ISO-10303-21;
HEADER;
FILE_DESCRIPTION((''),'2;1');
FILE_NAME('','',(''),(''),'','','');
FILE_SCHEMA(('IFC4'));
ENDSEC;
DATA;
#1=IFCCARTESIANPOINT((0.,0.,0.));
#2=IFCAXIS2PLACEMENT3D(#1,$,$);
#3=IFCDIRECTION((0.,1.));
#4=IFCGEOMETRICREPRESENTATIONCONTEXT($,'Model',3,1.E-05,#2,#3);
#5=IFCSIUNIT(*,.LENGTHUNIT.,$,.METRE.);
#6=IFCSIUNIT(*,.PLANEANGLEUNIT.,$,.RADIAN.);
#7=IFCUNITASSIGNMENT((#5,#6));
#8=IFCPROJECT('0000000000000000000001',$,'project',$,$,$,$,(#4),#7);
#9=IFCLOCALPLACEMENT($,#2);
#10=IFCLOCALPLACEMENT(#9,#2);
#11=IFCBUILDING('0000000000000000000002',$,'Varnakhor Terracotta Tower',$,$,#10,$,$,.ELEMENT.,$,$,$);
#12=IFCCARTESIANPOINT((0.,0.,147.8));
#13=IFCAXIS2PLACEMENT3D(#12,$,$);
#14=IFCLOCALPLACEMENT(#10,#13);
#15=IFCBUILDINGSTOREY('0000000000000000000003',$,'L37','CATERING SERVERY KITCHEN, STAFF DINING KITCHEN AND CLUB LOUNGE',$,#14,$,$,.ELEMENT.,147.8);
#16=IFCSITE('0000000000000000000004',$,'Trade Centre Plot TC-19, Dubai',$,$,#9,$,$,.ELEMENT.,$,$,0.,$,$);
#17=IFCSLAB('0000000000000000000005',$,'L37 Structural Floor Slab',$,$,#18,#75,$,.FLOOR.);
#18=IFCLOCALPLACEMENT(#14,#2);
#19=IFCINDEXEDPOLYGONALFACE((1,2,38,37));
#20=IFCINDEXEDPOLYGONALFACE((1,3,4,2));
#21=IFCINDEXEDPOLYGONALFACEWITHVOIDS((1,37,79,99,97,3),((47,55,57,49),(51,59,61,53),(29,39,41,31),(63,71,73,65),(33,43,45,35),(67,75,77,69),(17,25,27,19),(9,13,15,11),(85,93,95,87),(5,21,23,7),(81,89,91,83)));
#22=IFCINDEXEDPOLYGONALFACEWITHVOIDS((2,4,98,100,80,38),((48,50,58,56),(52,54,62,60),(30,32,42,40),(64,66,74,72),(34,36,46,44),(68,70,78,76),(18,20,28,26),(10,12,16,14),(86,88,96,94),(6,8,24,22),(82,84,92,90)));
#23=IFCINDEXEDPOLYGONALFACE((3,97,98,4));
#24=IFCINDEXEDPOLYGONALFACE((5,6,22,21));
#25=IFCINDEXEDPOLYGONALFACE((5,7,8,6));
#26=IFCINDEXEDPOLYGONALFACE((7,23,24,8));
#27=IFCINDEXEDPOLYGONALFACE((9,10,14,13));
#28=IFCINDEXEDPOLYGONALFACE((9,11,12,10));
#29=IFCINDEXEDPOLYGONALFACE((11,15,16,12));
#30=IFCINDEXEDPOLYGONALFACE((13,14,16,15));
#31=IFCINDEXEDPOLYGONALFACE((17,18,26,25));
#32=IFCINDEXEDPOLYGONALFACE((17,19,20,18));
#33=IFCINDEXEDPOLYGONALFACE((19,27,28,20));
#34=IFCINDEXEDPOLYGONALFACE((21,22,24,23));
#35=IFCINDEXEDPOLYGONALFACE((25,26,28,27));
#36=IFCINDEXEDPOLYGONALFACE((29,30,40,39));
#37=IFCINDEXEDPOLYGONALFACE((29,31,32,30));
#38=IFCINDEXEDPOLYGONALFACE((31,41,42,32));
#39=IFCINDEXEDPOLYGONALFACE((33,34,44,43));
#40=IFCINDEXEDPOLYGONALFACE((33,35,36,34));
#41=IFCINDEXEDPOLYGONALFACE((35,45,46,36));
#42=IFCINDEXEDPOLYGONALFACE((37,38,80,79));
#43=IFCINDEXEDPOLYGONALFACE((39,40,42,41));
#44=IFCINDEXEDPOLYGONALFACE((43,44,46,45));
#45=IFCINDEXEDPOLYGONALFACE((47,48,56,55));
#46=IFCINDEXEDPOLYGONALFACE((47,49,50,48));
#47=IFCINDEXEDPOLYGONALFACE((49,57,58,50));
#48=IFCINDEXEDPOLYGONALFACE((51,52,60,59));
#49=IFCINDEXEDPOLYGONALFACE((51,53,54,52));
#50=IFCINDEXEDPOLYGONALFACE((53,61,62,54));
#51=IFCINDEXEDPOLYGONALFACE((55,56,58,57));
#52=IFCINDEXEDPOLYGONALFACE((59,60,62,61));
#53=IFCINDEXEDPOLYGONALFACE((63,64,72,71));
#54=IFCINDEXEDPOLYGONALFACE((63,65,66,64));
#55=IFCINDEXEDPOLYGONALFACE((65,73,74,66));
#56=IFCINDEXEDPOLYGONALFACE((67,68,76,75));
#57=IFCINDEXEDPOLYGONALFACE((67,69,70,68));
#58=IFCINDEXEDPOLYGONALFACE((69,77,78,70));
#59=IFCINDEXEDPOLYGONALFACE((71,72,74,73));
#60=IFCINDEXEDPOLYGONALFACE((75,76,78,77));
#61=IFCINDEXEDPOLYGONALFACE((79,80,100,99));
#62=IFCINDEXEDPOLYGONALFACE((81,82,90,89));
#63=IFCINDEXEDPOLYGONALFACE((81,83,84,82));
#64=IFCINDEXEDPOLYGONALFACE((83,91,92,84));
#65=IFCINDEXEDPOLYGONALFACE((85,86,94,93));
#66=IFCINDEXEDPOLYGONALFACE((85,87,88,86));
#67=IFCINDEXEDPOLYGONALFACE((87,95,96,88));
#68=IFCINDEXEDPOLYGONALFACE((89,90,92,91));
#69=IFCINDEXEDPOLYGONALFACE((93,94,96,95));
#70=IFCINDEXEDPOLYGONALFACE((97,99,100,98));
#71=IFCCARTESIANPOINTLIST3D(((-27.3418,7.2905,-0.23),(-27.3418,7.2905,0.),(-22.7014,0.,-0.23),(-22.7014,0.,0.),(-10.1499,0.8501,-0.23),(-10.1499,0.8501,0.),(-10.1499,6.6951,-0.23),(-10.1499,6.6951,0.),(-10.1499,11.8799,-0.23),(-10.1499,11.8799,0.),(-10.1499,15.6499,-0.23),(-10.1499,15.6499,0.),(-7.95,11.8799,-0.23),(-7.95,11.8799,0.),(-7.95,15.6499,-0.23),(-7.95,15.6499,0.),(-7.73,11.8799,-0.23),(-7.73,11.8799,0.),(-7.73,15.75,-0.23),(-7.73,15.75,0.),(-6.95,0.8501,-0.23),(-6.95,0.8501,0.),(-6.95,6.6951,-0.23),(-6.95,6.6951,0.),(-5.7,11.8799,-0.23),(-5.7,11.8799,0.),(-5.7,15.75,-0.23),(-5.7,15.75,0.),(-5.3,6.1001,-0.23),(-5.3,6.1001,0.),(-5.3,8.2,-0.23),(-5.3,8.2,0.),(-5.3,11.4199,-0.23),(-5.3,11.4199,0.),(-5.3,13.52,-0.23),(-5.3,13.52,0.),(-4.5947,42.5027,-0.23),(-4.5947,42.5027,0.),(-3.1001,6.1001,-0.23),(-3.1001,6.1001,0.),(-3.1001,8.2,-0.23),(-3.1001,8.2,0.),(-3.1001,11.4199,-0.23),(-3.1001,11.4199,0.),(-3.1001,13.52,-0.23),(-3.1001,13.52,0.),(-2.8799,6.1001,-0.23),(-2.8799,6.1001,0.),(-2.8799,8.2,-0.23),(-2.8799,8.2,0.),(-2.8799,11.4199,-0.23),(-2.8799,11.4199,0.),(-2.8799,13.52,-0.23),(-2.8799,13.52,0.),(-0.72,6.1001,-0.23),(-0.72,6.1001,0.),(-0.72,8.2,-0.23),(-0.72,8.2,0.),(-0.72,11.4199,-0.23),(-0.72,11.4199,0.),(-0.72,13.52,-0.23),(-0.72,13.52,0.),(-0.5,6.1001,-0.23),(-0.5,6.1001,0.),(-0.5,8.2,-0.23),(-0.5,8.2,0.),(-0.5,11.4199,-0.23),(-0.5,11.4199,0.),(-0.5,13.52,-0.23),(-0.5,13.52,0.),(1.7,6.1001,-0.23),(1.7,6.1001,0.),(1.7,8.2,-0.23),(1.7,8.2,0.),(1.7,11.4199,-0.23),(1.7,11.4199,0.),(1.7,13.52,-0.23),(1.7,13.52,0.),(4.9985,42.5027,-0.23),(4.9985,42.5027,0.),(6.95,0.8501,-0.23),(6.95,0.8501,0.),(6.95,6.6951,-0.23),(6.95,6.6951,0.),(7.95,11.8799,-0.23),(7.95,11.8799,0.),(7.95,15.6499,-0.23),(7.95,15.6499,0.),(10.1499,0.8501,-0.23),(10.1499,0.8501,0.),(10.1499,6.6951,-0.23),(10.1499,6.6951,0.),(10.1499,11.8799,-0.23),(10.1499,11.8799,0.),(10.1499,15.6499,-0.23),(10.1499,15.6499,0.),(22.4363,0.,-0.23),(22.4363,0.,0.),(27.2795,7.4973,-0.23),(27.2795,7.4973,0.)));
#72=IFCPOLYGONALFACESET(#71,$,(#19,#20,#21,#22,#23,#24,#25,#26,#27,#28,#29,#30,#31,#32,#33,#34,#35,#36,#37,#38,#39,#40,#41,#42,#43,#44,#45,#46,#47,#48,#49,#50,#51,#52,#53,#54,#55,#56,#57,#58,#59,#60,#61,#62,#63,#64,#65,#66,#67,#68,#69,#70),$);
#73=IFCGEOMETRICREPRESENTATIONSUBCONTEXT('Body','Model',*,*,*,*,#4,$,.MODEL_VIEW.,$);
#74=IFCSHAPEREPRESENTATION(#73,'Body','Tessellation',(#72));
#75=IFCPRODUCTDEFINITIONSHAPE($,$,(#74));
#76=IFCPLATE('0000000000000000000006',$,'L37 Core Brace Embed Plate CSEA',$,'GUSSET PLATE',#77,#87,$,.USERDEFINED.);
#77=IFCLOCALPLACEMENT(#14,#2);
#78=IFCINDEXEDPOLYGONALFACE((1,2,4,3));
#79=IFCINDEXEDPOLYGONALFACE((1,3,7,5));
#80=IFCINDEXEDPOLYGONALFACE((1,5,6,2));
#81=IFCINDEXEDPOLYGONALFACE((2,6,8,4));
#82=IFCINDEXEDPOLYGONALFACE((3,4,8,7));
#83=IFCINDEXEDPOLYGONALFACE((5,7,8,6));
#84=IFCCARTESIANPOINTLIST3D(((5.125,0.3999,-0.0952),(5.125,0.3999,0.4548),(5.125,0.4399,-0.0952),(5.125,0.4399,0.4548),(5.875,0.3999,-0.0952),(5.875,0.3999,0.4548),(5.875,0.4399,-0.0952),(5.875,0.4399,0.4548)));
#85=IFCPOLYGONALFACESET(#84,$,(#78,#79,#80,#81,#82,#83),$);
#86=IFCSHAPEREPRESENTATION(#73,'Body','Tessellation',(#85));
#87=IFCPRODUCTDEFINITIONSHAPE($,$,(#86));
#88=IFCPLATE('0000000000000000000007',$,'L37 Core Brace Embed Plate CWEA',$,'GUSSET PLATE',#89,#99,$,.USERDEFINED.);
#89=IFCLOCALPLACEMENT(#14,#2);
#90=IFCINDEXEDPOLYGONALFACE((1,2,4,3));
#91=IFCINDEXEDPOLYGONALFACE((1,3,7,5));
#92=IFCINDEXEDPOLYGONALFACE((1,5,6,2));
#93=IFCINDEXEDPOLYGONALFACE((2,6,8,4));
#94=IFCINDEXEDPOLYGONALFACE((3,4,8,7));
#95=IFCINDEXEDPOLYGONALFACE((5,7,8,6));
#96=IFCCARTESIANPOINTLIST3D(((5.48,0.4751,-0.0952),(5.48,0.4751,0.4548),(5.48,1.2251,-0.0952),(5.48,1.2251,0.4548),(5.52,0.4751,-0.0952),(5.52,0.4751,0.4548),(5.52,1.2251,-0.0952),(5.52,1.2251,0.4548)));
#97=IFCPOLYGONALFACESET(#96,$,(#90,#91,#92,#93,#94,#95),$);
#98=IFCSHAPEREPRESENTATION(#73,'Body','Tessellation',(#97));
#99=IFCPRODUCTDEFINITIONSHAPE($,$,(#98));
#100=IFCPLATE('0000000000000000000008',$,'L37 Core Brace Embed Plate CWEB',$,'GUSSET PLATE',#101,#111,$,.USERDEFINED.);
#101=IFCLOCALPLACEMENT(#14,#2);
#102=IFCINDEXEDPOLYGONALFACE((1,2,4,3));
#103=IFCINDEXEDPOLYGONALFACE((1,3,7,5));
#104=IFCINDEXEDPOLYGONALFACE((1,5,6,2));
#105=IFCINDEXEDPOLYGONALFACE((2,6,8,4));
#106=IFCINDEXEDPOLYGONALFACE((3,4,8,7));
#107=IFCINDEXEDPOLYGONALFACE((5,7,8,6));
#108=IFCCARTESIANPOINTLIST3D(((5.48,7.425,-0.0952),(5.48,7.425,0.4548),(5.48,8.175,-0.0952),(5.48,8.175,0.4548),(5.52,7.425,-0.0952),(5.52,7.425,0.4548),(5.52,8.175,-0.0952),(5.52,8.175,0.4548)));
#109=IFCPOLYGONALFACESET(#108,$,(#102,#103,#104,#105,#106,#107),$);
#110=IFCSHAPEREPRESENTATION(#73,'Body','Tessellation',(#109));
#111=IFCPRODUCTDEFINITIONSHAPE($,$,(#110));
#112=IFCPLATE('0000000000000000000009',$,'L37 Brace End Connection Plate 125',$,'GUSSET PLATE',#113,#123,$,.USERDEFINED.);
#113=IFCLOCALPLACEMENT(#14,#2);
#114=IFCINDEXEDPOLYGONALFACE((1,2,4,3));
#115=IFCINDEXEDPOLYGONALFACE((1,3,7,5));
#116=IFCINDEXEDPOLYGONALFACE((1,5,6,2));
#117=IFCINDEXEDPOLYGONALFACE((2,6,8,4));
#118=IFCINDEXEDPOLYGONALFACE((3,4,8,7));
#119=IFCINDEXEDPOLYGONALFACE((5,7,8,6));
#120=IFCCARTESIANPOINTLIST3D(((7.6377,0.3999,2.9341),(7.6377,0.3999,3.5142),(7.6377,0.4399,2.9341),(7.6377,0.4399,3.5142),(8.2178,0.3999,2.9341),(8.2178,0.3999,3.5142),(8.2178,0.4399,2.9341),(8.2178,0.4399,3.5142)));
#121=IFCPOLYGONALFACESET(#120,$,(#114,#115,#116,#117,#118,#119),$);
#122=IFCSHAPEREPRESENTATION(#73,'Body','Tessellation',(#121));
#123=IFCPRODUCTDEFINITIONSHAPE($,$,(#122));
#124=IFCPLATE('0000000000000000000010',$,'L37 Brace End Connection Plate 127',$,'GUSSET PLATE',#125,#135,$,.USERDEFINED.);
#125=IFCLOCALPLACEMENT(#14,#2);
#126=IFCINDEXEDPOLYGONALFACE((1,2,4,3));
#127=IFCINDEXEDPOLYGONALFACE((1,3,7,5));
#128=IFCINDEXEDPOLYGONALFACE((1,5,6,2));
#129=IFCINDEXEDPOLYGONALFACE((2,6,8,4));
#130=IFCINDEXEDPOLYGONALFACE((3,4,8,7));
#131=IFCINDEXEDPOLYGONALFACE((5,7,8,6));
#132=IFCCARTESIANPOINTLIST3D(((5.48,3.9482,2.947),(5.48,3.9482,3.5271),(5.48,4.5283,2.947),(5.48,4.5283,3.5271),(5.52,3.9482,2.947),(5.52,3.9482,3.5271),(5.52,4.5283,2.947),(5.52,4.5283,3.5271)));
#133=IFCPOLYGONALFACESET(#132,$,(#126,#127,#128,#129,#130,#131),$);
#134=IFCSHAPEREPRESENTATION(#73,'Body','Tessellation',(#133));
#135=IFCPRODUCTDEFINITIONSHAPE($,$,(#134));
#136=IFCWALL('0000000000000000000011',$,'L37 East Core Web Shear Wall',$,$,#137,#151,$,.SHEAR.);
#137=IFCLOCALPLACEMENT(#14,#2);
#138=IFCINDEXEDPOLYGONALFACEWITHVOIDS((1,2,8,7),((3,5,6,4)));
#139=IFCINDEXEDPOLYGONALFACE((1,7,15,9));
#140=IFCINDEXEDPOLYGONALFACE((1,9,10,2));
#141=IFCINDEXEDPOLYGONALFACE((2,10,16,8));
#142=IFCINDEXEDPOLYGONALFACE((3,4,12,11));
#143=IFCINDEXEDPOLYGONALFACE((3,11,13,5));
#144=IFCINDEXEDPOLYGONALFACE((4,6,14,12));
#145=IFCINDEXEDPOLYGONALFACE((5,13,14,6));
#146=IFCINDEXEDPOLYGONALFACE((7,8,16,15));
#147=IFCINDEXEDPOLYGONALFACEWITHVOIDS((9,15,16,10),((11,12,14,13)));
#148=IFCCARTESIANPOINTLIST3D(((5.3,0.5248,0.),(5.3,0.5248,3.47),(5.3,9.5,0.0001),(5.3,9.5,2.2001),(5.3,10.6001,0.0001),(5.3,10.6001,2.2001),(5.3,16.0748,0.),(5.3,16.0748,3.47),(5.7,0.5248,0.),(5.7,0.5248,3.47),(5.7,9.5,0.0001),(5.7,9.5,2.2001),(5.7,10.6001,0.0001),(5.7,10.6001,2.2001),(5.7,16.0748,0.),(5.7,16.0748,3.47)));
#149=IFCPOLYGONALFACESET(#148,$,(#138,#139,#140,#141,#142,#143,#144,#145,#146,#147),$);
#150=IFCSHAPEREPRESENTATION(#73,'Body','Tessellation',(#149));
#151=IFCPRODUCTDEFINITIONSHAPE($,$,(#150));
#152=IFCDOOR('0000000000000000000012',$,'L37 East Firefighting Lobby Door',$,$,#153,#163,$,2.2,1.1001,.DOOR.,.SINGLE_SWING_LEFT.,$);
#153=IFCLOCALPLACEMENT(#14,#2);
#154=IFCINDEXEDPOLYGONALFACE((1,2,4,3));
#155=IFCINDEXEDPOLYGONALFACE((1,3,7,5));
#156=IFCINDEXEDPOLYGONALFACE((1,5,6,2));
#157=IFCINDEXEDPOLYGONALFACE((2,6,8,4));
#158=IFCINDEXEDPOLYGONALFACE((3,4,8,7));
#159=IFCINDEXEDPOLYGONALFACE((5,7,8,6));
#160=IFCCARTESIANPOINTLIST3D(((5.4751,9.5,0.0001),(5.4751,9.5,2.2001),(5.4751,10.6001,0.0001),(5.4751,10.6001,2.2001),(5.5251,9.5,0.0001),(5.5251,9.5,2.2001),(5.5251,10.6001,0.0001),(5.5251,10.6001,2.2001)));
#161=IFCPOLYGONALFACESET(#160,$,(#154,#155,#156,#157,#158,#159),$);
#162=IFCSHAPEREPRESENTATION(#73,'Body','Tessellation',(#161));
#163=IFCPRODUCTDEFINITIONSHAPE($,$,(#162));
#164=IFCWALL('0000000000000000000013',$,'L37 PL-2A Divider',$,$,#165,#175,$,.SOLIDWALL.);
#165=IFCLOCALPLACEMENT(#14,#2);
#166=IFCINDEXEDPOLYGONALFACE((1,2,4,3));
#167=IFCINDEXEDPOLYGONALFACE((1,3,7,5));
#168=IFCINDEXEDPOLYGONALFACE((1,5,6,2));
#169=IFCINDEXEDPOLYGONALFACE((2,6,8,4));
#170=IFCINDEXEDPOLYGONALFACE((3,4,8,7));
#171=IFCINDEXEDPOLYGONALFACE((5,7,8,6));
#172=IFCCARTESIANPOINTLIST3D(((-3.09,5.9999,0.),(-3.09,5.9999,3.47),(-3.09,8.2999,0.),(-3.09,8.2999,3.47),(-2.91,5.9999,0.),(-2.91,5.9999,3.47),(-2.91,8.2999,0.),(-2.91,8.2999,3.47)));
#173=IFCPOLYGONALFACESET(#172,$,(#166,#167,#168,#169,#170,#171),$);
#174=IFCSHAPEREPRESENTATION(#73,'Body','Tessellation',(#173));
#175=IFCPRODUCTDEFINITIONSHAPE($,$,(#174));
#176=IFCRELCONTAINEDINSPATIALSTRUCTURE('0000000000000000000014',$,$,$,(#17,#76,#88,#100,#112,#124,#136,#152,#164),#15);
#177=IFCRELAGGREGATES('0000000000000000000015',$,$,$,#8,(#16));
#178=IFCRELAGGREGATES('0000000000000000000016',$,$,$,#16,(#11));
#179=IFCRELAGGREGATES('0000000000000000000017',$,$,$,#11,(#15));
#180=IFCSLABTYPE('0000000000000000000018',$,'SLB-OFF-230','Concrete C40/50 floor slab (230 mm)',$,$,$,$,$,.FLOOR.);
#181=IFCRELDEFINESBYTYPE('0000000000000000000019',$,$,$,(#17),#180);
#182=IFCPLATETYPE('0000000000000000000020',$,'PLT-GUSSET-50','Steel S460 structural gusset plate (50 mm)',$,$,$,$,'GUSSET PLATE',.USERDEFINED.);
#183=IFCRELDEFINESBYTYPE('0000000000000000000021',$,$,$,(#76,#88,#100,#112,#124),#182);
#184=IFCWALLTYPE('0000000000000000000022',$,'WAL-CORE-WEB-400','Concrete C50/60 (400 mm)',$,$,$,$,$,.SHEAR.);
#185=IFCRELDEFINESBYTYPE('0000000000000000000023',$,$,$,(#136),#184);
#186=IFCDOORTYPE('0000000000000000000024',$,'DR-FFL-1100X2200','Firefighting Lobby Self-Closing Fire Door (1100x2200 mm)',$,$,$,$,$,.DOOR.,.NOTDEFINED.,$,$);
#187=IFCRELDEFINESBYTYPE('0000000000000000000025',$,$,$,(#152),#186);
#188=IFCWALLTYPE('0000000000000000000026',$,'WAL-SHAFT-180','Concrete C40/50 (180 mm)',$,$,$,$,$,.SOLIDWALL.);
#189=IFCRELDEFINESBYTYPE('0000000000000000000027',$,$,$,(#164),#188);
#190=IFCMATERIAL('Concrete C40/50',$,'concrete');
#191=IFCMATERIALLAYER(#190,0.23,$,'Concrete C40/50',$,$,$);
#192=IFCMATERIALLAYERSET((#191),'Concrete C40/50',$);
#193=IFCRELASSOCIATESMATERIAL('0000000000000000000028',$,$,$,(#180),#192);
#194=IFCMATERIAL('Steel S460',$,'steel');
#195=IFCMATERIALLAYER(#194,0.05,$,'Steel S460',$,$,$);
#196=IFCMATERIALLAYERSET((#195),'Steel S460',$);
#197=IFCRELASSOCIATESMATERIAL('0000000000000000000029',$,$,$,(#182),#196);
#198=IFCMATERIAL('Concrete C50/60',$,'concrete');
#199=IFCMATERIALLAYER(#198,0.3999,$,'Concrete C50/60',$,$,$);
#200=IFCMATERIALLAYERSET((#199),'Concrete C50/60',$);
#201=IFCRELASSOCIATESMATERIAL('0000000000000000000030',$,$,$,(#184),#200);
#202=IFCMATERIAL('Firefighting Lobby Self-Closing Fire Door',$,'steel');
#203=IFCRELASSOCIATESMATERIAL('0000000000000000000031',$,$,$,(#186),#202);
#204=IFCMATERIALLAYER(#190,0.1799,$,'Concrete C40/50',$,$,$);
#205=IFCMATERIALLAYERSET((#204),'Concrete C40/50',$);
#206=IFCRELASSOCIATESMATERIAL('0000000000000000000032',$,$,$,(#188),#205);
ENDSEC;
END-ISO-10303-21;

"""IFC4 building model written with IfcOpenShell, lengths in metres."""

from ifc_helpers import new_model, si_unit, direction, frame, frame_2d, origin, origin_2d, place, context, subcontext, project, spatial, polyline, rectangle, outline, extrude, source, transform, mapped, material, layer, layer_set, type_object, type_shapes, element, fill, save


model = new_model("IFC4")

# Units and contexts
model_context = context("Model", 3, precision=1e-05, world=origin(), true_north=direction((0.0, 1.0)))
body_context = subcontext(model_context, "Body", "Model", "MODEL_VIEW")
ifc_project = project(units=[si_unit("LENGTHUNIT", "METRE"), si_unit("PLANEANGLEUNIT", "RADIAN")], contexts=[model_context])

# Site, building, storey
site_placement = place(None, origin())
site = spatial("IfcSite", under=ifc_project, at=site_placement, Name="Trade Centre Plot TC-19, Dubai", CompositionType="ELEMENT", RefElevation=0.0)
building_placement = place(site_placement, origin())
building = spatial("IfcBuilding", under=site, at=building_placement, Name="Varnakhor Terracotta Tower", CompositionType="ELEMENT")
storey_placement = place(building_placement, frame((0.0, 0.0, 147.8)))
storey = spatial("IfcBuildingStorey", under=building, at=storey_placement, Name="L37", Description="CATERING SERVERY KITCHEN, STAFF DINING KITCHEN AND CLUB LOUNGE", CompositionType="ELEMENT", Elevation=147.8)

# Shared definitions
ifc_material_1 = material(Name="Concrete C50/60", Category="concrete")

# Shared definitions
ifc_material_2 = material(Name="Steel S460", Category="steel")

# Shared definitions
ifc_material_3 = material(Name="Concrete C40/50", Category="concrete")

# Slab
ifc_layer_1 = layer(ifc_material_3, 0.23, Name="Concrete C40/50")
ifc_layer_set_1 = layer_set([ifc_layer_1], Name="Concrete C40/50")
slab_type_1 = type_object("IfcSlabType", Name="SLB-OFF-230", Description="Concrete C40/50 floor slab (230 mm)", PredefinedType="FLOOR", material=ifc_layer_set_1)
slab_1_placement = place(storey_placement, frame((0.0, 0.0, -0.23)))
element("IfcSlab", 1, at=slab_1_placement, inside=storey, type_object=slab_type_1, Name="L37 Structural Floor Slab", PredefinedType="FLOOR", context=body_context, shape_type="SweptSolid", body=[
    extrude(outline(polyline([(-27.3418, 7.2905), (-4.5947, 42.5027), (4.9985, 42.5027), (27.2795, 7.4973), (22.4363, 0.0), (-22.7014, 0.0), (-27.3418, 7.2905)]), holes=[polyline([(-6.95, 0.8501), (-6.95, 6.6951), (-10.1499, 6.6951), (-10.1499, 0.8501), (-6.95, 0.8501)]), polyline([(-3.1001, 6.1001), (-3.1001, 8.2), (-5.3, 8.2), (-5.3, 6.1001), (-3.1001, 6.1001)]), polyline([(-0.72, 6.1001), (-0.72, 8.2), (-2.8799, 8.2), (-2.8799, 6.1001), (-0.72, 6.1001)]), polyline([(-5.3, 11.4199), (-3.1001, 11.4199), (-3.1001, 13.52), (-5.3, 13.52), (-5.3, 11.4199)]), polyline([(-10.1499, 11.8799), (-7.95, 11.8799), (-7.95, 15.6499), (-10.1499, 15.6499), (-10.1499, 11.8799)]), polyline([(-5.7, 11.8799), (-5.7, 15.75), (-7.73, 15.75), (-7.73, 11.8799), (-5.7, 11.8799)]), polyline([(6.95, 0.8501), (10.1499, 0.8501), (10.1499, 6.6951), (6.95, 6.6951), (6.95, 0.8501)]), polyline([(-0.5, 6.1001), (1.7, 6.1001), (1.7, 8.2), (-0.5, 8.2), (-0.5, 6.1001)]), polyline([(-0.72, 11.4199), (-0.72, 13.52), (-2.8799, 13.52), (-2.8799, 11.4199), (-0.72, 11.4199)]), polyline([(-0.5, 11.4199), (1.7, 11.4199), (1.7, 13.52), (-0.5, 13.52), (-0.5, 11.4199)]), polyline([(7.95, 11.8799), (10.1499, 11.8799), (10.1499, 15.6499), (7.95, 15.6499), (7.95, 11.8799)])]), origin(), (0.0, 0.0, 1.0), 0.23),
])

# Plates
ifc_layer_2 = layer(ifc_material_2, 0.05, Name="Steel S460")
ifc_layer_set_2 = layer_set([ifc_layer_2], Name="Steel S460")
plate_type = type_object("IfcPlateType", Name="PLT-GUSSET-50", Description="Steel S460 structural gusset plate (50 mm)", ElementType="GUSSET PLATE", PredefinedType="USERDEFINED", material=ifc_layer_set_2)
shared_shape_1 = source(origin(), body_context, "Body", "SweptSolid", [
    extrude(rectangle(XDim=0.75, YDim=0.04, at=origin_2d()), origin(), (0.0, 0.0, 1.0), 0.55),
])
type_shapes(plate_type, [shared_shape_1])
for number, where, z_axis, x_axis, name in (
    (2, (5.5, 0.4199, -0.0952), (0.0, 0.0, 1.0), (1.0, 0.0, 0.0), "L37 Core Brace Embed Plate CSEA"),
    (3, (5.5, 0.8501, -0.0952), (0.0, 0.0, 1.0), (0.0, 1.0, 0.0), "L37 Core Brace Embed Plate CWEA"),
    (4, (5.5, 7.8, -0.0952), (0.0, 0.0, 1.0), (0.0, 1.0, 0.0), "L37 Core Brace Embed Plate CWEB"),
):
    element("IfcPlate", number, at=place(storey_placement, frame(where, z_axis=z_axis, x_axis=x_axis)), inside=storey, type_object=plate_type, Name=name, ObjectType="GUSSET PLATE", PredefinedType="USERDEFINED", context=body_context, shape_type="MappedRepresentation", body=[
        mapped(shared_shape_1, transform((0.0, 0.0, 0.0), scale=1.0)),
    ])
shared_shape_2 = source(origin(), body_context, "Body", "SweptSolid", [
    extrude(rectangle(XDim=0.5801, YDim=0.04, at=origin_2d()), origin(), (0.0, 0.0, 1.0), 0.5801),
])
for number, where, z_axis, x_axis, name in (
    (5, (7.9277, 0.4199, 2.9341), (0.0, 0.0, 1.0), (1.0, 0.0, 0.0), "L37 Brace End Connection Plate 125"),
    (6, (5.5, 4.2383, 2.947), (0.0, 0.0, 1.0), (0.0, 1.0, 0.0), "L37 Brace End Connection Plate 127"),
):
    element("IfcPlate", number, at=place(storey_placement, frame(where, z_axis=z_axis, x_axis=x_axis)), inside=storey, type_object=plate_type, Name=name, ObjectType="GUSSET PLATE", PredefinedType="USERDEFINED", context=body_context, shape_type="MappedRepresentation", body=[
        mapped(shared_shape_2, transform((0.0, 0.0, 0.0), scale=1.0)),
    ])

# Wall, opening, door
ifc_layer_3 = layer(ifc_material_1, 0.3999, Name="Concrete C50/60")
ifc_layer_set_3 = layer_set([ifc_layer_3], Name="Concrete C50/60")
wall_type_1 = type_object("IfcWallType", Name="WAL-CORE-WEB-400", Description="Concrete C50/60 (400 mm)", PredefinedType="SHEAR", material=ifc_layer_set_3)
wall_1_placement = place(storey_placement, frame((5.5, 0.5249, 0.0), z_axis=(0.0, 0.0, 1.0), x_axis=(0.0, 1.0, 0.0)))
wall_1 = element("IfcWall", 7, at=wall_1_placement, inside=storey, type_object=wall_type_1, Name="L37 East Core Web Shear Wall", PredefinedType="SHEAR", context=body_context, shape_type="SweptSolid", body=[
    extrude(rectangle(XDim=15.55, YDim=0.3999, at=frame_2d((7.7749, 0.0))), origin(), (0.0, 0.0, 1.0), 3.47),
])
opening_1_placement = place(wall_1_placement, frame((8.9751, 0.0, 0.0)))
opening_1 = element("IfcOpeningElement", 8, at=opening_1_placement, cuts=wall_1, PredefinedType="OPENING", context=body_context, shape_type="SweptSolid", body=[
    extrude(rectangle(XDim=1.1001, YDim=2.2, at=frame_2d((0.55, 1.1001))), frame((0.0, 0.21, 0.0), z_axis=(0.0, -1.0, 0.0), x_axis=(1.0, 0.0, 0.0)), (0.0, 0.0, 1.0), 0.4199),
])
ifc_material_4 = material(Name="Firefighting Lobby Self-Closing Fire Door", Category="steel")
door_type_1 = type_object("IfcDoorType", Name="DR-FFL-1100X2200", Description="Firefighting Lobby Self-Closing Fire Door (1100x2200 mm)", OperationType="NOTDEFINED", PredefinedType="DOOR", material=ifc_material_4)
shared_shape_3 = source(origin(), body_context, "Body", "SweptSolid", [
    extrude(rectangle(XDim=1.1001, YDim=2.2, at=frame_2d((0.55, 1.1001))), frame((0.0, 0.0249, 0.0), z_axis=(0.0, -1.0, 0.0), x_axis=(1.0, 0.0, 0.0)), (0.0, 0.0, 1.0), 0.05),
])
type_shapes(door_type_1, [shared_shape_3])
door_1_placement = place(opening_1_placement, origin())
door_1 = element("IfcDoor", 9, at=door_1_placement, inside=storey, type_object=door_type_1, Name="L37 East Firefighting Lobby Door", OperationType="SINGLE_SWING_LEFT", OverallHeight=2.2, OverallWidth=1.1001, PredefinedType="DOOR", context=body_context, shape_type="MappedRepresentation", body=[
    mapped(shared_shape_3, transform((0.0, 0.0, 0.0), scale=1.0)),
])
fill(opening_1, door_1)

# Wall
ifc_layer_4 = layer(ifc_material_3, 0.1799, Name="Concrete C40/50")
ifc_layer_set_4 = layer_set([ifc_layer_4], Name="Concrete C40/50")
wall_type_2 = type_object("IfcWallType", Name="WAL-SHAFT-180", Description="Concrete C40/50 (180 mm)", PredefinedType="SOLIDWALL", material=ifc_layer_set_4)
for number, where, z_axis, x_axis, name in (
    (10, (-3.0, 6.0, 0.0), (0.0, 0.0, 1.0), (0.0, 1.0, 0.0), "L37 PL-2A Divider"),
):
    element("IfcWall", number, at=place(storey_placement, frame(where, z_axis=z_axis, x_axis=x_axis)), inside=storey, type_object=wall_type_2, Name=name, PredefinedType="SOLIDWALL", context=body_context, shape_type="SweptSolid", body=[
        extrude(rectangle(XDim=2.3, YDim=0.1799, at=frame_2d((1.1499, 0.0))), origin(), (0.0, 0.0, 1.0), 3.47),
    ])

save(model, "model.ifc")
